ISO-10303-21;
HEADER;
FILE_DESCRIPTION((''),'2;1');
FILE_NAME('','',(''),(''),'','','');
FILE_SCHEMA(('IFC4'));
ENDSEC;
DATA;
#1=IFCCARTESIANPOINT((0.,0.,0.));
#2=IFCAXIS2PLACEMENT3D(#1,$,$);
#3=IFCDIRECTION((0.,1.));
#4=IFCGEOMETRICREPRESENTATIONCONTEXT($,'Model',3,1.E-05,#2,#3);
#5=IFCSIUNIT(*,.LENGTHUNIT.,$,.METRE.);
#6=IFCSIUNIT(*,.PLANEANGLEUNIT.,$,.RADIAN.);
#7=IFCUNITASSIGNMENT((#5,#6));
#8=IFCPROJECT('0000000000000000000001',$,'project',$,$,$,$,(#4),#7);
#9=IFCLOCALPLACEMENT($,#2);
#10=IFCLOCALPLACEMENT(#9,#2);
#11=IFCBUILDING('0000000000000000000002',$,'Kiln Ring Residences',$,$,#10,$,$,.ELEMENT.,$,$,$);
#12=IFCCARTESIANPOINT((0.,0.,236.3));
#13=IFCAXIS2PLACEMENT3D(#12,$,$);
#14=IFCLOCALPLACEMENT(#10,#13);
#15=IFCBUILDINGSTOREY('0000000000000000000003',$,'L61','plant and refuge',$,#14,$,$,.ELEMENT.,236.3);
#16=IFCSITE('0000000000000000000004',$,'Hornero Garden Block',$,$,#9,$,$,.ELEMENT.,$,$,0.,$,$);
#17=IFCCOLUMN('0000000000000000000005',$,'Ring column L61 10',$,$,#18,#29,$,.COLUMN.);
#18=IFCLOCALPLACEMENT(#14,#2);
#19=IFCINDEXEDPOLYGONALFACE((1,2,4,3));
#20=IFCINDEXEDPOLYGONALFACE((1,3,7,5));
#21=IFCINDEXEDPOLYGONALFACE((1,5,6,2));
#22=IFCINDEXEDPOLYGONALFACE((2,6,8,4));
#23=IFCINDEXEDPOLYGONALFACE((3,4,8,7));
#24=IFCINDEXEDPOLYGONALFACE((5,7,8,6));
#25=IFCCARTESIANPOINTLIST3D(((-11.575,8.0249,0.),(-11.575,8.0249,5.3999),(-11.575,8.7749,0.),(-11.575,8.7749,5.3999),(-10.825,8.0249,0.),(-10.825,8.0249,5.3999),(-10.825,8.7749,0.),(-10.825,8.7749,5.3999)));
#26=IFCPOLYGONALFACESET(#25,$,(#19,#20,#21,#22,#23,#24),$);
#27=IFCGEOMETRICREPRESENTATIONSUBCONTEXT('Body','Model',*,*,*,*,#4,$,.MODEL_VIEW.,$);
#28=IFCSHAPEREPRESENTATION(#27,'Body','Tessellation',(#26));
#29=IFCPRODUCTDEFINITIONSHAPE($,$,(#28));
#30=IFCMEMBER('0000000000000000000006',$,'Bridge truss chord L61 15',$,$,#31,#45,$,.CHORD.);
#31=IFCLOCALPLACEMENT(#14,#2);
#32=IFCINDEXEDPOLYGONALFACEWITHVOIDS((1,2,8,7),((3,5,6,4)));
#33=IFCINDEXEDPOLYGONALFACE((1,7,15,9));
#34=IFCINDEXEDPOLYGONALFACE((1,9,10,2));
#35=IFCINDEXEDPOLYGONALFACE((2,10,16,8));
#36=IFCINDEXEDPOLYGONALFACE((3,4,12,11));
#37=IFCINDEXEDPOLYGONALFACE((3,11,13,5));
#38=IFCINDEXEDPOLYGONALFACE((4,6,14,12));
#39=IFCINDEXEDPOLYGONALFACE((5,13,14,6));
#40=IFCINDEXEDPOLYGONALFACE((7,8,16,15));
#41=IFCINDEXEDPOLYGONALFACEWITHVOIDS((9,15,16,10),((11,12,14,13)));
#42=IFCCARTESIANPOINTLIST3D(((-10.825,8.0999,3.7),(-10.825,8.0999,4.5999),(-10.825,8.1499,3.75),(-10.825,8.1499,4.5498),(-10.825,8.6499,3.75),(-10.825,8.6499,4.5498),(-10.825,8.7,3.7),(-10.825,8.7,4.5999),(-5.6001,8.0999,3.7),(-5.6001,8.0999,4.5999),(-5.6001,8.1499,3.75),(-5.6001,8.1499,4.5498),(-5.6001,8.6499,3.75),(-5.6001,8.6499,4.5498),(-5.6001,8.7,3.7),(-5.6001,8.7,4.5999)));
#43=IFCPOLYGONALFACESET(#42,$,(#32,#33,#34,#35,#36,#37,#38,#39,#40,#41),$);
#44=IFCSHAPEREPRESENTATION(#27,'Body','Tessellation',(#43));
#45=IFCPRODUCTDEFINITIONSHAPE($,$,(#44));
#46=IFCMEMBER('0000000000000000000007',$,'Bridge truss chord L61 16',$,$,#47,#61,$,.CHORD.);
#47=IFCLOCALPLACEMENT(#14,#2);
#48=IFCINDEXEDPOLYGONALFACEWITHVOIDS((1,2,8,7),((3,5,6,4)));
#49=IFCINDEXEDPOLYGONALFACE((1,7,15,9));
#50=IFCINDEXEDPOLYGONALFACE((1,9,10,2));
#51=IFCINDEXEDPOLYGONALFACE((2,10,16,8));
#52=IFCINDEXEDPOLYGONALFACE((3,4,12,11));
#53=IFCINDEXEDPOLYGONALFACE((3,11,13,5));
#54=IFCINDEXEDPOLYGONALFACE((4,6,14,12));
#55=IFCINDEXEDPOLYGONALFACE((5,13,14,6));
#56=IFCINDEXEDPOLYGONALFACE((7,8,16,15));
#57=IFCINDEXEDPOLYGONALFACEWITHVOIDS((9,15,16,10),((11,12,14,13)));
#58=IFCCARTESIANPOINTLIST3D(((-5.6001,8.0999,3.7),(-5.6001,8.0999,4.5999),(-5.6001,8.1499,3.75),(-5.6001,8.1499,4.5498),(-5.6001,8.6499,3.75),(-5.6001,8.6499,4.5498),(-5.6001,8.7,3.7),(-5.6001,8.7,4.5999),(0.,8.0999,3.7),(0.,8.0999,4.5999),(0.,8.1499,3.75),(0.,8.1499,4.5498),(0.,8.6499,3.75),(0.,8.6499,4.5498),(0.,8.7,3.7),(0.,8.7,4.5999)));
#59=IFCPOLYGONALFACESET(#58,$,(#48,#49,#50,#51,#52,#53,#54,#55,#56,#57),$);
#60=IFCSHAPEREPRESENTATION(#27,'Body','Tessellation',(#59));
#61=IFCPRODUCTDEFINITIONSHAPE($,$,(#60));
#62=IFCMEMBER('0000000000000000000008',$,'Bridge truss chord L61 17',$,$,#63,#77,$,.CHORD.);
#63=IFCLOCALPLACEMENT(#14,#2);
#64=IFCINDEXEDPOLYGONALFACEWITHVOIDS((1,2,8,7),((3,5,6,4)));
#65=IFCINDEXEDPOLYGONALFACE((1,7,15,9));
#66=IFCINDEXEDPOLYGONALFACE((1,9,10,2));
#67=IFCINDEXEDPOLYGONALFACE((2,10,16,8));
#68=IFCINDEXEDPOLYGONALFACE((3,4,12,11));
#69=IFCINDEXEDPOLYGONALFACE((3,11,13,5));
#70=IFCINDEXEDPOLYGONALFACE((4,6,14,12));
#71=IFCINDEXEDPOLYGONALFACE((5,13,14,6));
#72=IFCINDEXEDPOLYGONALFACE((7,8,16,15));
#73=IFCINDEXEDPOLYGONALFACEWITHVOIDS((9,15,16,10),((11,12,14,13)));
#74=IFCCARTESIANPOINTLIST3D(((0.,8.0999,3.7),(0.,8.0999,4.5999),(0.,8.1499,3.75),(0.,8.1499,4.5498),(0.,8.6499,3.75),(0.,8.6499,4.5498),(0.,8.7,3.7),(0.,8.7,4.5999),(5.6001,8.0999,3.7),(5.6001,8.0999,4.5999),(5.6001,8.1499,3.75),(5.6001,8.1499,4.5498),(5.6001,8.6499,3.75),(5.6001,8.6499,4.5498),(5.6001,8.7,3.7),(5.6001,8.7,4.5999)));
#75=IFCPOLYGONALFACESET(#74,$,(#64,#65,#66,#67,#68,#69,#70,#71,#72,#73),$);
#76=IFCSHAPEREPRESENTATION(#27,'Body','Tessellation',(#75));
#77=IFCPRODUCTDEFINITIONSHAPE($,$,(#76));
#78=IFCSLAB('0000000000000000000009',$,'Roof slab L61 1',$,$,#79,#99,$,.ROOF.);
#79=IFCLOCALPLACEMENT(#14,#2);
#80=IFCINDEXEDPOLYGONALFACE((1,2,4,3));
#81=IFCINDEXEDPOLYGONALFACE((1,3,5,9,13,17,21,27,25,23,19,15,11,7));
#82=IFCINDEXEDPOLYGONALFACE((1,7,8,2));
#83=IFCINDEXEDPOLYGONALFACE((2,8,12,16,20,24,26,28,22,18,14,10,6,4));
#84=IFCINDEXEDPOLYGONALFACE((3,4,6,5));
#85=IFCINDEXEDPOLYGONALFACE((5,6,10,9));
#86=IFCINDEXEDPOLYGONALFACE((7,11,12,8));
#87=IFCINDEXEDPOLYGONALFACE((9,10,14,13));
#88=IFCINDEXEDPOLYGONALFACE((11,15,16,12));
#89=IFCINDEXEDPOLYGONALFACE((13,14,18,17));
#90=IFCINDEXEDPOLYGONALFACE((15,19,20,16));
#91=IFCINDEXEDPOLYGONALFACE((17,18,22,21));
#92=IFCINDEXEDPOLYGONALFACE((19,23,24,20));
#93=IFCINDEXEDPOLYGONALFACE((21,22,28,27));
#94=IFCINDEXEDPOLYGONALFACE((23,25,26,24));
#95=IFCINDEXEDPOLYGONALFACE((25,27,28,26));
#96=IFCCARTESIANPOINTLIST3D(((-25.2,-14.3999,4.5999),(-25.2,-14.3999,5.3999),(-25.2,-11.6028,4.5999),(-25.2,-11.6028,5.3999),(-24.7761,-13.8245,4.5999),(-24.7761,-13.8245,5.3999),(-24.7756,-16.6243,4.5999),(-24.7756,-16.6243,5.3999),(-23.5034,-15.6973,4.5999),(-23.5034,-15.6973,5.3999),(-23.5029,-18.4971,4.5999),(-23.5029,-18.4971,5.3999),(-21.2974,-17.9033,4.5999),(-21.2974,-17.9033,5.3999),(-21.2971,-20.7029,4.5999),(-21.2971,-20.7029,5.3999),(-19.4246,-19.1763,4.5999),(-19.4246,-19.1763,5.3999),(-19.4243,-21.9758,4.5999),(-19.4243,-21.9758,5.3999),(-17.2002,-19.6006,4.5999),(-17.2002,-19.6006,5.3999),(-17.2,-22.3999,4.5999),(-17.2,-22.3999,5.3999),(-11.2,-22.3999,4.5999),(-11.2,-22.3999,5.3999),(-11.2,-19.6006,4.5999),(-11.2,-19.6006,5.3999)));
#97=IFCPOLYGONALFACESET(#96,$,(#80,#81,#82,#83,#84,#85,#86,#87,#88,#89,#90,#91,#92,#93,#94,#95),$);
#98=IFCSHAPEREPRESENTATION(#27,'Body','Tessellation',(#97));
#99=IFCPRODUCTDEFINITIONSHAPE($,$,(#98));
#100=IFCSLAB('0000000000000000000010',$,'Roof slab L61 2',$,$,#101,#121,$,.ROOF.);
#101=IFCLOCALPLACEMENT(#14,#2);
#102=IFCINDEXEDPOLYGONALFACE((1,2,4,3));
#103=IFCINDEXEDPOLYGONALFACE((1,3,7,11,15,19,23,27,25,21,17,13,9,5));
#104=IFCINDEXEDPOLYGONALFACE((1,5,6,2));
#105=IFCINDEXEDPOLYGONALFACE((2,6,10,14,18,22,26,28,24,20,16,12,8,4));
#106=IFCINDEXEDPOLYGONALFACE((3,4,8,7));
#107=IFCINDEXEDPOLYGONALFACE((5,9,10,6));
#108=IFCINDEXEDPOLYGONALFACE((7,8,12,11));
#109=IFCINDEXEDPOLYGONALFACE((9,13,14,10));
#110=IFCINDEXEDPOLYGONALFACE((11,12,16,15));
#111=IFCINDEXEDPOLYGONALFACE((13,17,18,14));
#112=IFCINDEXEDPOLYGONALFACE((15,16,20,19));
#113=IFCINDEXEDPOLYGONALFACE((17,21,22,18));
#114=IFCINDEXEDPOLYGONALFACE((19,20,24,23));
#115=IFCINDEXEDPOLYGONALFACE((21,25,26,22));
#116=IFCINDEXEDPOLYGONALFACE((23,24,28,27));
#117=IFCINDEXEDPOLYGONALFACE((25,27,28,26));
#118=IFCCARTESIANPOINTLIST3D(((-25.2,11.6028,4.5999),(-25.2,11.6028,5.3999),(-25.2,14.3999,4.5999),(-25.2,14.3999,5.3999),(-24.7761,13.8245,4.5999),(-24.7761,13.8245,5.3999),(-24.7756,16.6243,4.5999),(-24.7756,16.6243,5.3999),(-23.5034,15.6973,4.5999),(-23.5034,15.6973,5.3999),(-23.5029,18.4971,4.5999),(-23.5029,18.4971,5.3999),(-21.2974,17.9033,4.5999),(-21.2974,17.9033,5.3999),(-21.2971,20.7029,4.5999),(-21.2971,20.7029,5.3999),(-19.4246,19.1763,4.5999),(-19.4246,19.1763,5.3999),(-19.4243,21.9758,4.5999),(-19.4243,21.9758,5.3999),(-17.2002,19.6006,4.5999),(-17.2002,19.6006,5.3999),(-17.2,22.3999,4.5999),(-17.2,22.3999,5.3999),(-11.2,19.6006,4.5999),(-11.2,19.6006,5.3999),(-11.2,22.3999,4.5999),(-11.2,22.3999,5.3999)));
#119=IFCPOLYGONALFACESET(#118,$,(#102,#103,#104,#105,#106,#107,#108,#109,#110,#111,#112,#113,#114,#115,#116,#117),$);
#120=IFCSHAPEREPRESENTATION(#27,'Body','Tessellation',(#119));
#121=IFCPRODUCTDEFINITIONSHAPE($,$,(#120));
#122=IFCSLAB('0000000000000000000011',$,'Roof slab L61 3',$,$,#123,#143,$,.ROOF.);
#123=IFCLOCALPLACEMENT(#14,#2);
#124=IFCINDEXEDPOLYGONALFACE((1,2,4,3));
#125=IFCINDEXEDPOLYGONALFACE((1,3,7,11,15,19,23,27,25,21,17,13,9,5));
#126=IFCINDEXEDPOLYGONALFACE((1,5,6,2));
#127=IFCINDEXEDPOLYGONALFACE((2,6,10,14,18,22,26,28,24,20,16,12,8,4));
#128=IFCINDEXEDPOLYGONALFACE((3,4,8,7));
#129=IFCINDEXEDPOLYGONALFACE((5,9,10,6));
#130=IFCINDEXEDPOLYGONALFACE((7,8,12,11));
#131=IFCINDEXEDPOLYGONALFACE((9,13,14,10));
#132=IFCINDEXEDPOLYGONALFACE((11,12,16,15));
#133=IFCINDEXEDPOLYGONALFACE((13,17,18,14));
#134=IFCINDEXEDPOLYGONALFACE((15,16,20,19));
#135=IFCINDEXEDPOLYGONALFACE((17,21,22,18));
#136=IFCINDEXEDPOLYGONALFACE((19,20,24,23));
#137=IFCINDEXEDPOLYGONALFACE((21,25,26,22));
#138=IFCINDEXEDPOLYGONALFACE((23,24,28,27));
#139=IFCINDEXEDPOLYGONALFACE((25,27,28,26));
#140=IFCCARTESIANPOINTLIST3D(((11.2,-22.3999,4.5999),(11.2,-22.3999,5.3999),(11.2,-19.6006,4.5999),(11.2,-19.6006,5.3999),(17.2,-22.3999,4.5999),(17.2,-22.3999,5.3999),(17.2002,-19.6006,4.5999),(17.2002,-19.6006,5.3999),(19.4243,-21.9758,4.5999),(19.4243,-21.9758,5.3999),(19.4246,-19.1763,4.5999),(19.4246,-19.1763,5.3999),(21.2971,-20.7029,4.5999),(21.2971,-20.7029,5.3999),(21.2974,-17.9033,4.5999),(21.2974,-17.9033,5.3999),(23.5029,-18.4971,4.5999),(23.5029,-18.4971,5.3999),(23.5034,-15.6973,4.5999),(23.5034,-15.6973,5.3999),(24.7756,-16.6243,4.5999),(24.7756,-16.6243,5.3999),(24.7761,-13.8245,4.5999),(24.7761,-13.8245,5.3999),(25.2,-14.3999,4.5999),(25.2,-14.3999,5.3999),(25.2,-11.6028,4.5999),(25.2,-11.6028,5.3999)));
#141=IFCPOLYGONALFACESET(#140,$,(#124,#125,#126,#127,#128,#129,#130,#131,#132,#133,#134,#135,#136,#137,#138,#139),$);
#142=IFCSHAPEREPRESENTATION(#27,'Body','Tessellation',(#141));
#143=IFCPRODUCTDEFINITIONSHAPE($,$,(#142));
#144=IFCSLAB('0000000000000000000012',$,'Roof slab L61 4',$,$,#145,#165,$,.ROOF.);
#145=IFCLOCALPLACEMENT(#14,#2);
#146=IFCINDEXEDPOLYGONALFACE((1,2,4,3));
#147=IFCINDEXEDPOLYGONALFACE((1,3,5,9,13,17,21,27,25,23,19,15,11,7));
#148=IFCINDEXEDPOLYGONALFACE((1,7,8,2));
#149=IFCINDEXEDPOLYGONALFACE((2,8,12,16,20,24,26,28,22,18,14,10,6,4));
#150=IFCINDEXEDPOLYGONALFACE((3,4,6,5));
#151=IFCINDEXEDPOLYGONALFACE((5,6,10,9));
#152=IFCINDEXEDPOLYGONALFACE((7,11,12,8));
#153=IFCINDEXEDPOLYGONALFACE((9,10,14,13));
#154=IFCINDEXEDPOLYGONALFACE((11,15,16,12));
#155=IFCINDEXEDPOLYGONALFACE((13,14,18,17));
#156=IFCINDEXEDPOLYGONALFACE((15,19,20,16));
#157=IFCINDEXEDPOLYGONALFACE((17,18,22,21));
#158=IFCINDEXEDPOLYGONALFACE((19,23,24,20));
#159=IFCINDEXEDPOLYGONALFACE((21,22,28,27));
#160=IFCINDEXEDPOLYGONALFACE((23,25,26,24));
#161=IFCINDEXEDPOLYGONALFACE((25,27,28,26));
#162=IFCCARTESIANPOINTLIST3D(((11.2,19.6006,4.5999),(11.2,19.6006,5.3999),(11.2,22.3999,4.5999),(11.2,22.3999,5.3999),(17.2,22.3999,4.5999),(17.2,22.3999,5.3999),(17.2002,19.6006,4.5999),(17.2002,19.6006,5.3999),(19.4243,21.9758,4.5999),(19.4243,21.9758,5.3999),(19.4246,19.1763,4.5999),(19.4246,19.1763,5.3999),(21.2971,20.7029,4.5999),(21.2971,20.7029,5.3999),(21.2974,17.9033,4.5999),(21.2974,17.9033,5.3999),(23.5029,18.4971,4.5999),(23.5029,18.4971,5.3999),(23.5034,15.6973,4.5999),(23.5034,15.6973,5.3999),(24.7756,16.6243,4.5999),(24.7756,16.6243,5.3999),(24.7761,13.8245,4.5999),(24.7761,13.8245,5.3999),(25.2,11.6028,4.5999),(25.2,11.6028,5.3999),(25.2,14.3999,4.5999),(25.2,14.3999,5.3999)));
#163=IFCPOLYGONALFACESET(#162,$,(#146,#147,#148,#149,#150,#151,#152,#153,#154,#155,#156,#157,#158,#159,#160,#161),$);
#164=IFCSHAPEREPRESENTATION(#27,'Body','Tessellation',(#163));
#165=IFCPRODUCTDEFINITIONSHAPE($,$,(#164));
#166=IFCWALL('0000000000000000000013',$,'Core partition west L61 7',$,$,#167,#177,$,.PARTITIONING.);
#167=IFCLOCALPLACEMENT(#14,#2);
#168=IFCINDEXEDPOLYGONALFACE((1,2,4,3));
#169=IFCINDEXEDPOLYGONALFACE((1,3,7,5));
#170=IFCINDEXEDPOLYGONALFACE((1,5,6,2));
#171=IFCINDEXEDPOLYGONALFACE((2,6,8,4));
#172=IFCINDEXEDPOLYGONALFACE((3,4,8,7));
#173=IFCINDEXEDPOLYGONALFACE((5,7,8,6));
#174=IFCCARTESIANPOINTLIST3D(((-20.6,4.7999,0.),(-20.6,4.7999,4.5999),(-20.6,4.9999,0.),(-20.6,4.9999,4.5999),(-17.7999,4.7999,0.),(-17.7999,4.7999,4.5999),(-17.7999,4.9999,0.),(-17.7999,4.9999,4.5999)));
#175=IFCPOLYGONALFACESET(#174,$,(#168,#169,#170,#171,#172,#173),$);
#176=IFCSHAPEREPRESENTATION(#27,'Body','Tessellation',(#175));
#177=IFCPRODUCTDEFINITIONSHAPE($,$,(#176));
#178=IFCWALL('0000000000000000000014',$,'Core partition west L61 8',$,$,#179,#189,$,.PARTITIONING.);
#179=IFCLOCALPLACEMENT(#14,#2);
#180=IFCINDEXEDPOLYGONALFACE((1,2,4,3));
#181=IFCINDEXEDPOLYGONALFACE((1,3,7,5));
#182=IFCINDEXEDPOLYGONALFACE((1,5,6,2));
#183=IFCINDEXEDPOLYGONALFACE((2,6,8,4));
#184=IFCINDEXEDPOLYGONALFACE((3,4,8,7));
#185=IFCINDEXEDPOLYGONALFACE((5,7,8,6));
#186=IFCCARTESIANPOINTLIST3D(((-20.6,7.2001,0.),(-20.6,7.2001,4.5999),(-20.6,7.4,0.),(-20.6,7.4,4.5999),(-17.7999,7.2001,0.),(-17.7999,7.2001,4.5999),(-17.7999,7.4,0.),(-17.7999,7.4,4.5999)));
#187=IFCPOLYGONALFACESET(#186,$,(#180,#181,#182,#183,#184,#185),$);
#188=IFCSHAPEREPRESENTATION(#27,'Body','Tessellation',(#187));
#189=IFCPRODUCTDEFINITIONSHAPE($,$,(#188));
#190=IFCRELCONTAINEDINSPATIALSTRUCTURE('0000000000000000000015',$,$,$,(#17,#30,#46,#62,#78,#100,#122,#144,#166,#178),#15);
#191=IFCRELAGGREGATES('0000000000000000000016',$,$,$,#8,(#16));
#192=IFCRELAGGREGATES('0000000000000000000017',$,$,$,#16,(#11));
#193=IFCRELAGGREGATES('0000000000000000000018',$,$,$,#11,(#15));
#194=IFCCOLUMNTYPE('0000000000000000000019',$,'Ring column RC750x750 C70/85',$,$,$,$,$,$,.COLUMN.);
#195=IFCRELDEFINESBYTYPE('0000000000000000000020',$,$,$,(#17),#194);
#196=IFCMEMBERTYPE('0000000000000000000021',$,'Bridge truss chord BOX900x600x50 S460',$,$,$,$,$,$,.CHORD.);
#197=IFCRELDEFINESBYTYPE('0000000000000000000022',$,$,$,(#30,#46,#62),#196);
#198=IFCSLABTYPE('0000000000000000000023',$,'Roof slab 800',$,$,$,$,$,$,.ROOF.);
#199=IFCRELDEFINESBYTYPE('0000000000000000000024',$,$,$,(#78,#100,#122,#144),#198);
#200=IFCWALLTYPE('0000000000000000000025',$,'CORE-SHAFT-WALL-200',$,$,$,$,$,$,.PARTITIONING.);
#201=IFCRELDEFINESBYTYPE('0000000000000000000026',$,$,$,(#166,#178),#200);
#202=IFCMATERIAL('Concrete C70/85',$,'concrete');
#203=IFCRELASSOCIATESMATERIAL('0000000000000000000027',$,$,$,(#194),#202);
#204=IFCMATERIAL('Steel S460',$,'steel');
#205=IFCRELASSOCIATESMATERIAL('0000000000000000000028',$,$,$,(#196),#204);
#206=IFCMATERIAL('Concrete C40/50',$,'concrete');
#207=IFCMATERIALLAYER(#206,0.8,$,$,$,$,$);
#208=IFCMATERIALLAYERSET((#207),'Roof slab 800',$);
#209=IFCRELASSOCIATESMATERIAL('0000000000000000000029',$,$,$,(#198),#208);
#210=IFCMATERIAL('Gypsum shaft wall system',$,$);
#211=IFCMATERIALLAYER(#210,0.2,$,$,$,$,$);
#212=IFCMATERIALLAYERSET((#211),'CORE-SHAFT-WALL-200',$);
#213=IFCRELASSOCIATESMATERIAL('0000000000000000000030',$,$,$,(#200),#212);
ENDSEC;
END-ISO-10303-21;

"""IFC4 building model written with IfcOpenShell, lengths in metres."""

from ifc_helpers import new_model, si_unit, direction, frame, frame_2d, origin, origin_2d, place, context, subcontext, project, spatial, polyline, rectangle, hollow_rectangle, outline, extrude, material, layer, layer_set, material_profile, profile_set, type_object, element, save


model = new_model("IFC4")

# Units and contexts
model_context = context("Model", 3, precision=1e-05, world=origin(), true_north=direction((0.0, 1.0)))
body_context = subcontext(model_context, "Body", "Model", "MODEL_VIEW")
ifc_project = project(units=[si_unit("LENGTHUNIT", "METRE"), si_unit("PLANEANGLEUNIT", "RADIAN")], contexts=[model_context])

# Site, building, storey
site_placement = place(None, origin())
site = spatial("IfcSite", under=ifc_project, at=site_placement, Name="Hornero Garden Block", CompositionType="ELEMENT", RefElevation=0.0)
building_placement = place(site_placement, origin())
building = spatial("IfcBuilding", under=site, at=building_placement, Name="Kiln Ring Residences", CompositionType="ELEMENT")
storey_placement = place(building_placement, frame((0.0, 0.0, 236.3)))
storey = spatial("IfcBuildingStorey", under=building, at=storey_placement, Name="L61", Description="plant and refuge", CompositionType="ELEMENT", Elevation=236.3)

# Column
ifc_material_1 = material(Name="Concrete C70/85", Category="concrete")
ifc_material_profile_1 = material_profile(ifc_material_1, rectangle(XDim=0.75, YDim=0.75, at=origin_2d()), Name="RC750x750")
ifc_profile_set_1 = profile_set([ifc_material_profile_1], Name="Concrete C70/85")
column_type = type_object("IfcColumnType", Name="Ring column RC750x750 C70/85", PredefinedType="COLUMN", material=ifc_profile_set_1)
column_placement = place(storey_placement, frame((-11.2, 8.3999, 0.0), z_axis=(0.0, 0.0, 1.0), x_axis=(1.0, 0.0, 0.0)))
element("IfcColumn", 1, at=column_placement, inside=storey, type_object=column_type, Name="Ring column L61 10", PredefinedType="COLUMN", context=body_context, shape_type="SweptSolid", body=[
    extrude(rectangle(XDim=0.75, YDim=0.75, at=origin_2d()), origin(), (0.0, 0.0, 1.0), 5.3999),
])

# Members
ifc_material_2 = material(Name="Steel S460", Category="steel")
ifc_material_profile_2 = material_profile(ifc_material_2, hollow_rectangle(XDim=0.6001, YDim=0.8999, WallThickness=0.05, at=origin_2d()), Name="BOX900x600x50")
ifc_profile_set_2 = profile_set([ifc_material_profile_2], Name="Steel S460")
member_type = type_object("IfcMemberType", Name="Bridge truss chord BOX900x600x50 S460", PredefinedType="CHORD", material=ifc_profile_set_2)
member_placement = place(storey_placement, frame((-10.825, 8.3999, 4.1499), z_axis=(1.0, 0.0, 0.0), x_axis=(0.0, 1.0, 0.0)))
element("IfcMember", 2, at=member_placement, inside=storey, type_object=member_type, Name="Bridge truss chord L61 15", PredefinedType="CHORD", context=body_context, shape_type="SweptSolid", body=[
    extrude(hollow_rectangle(XDim=0.6001, YDim=0.8999, WallThickness=0.05, at=origin_2d()), origin(), (0.0, 0.0, 1.0), 5.2249),
])
for number, where, z_axis, x_axis, name in (
    (3, (-5.6001, 8.3999, 4.1499), (1.0, 0.0, 0.0), (0.0, 1.0, 0.0), "Bridge truss chord L61 16"),
    (4, (0.0, 8.3999, 4.1499), (1.0, 0.0, 0.0), (0.0, 1.0, 0.0), "Bridge truss chord L61 17"),
):
    element("IfcMember", number, at=place(storey_placement, frame(where, z_axis=z_axis, x_axis=x_axis)), inside=storey, type_object=member_type, Name=name, PredefinedType="CHORD", context=body_context, shape_type="SweptSolid", body=[
        extrude(hollow_rectangle(XDim=0.6001, YDim=0.8999, WallThickness=0.05, at=origin_2d()), origin(), (0.0, 0.0, 1.0), 5.6001),
    ])

# Slabs
ifc_material_3 = material(Name="Concrete C40/50", Category="concrete")
ifc_layer_1 = layer(ifc_material_3, 0.8)
ifc_layer_set_1 = layer_set([ifc_layer_1], Name="Roof slab 800")
slab_type = type_object("IfcSlabType", Name="Roof slab 800", PredefinedType="ROOF", material=ifc_layer_set_1)
placement_1 = place(storey_placement, frame((0.0, 0.0, 4.5999)))
element("IfcSlab", 5, at=placement_1, inside=storey, type_object=slab_type, Name="Roof slab L61 1", PredefinedType="ROOF", context=body_context, shape_type="SweptSolid", body=[
    extrude(outline(polyline([(-11.2, -19.6006), (-17.2002, -19.6006), (-19.4246, -19.1763), (-21.2974, -17.9033), (-23.5034, -15.6973), (-24.7761, -13.8245), (-25.2, -11.6028), (-25.2, -14.3999), (-24.7756, -16.6243), (-23.5029, -18.4971), (-21.2971, -20.7029), (-19.4243, -21.9758), (-17.2, -22.3999), (-11.2, -22.3999), (-11.2, -19.6006)])), origin(), (0.0, 0.0, 1.0), 0.8),
])
element("IfcSlab", 6, at=placement_1, inside=storey, type_object=slab_type, Name="Roof slab L61 2", PredefinedType="ROOF", context=body_context, shape_type="SweptSolid", body=[
    extrude(outline(polyline([(-25.2, 11.6028), (-24.7761, 13.8245), (-23.5034, 15.6973), (-21.2974, 17.9033), (-19.4246, 19.1763), (-17.2002, 19.6006), (-11.2, 19.6006), (-11.2, 22.3999), (-17.2, 22.3999), (-19.4243, 21.9758), (-21.2971, 20.7029), (-23.5029, 18.4971), (-24.7756, 16.6243), (-25.2, 14.3999), (-25.2, 11.6028)])), origin(), (0.0, 0.0, 1.0), 0.8),
])
element("IfcSlab", 7, at=placement_1, inside=storey, type_object=slab_type, Name="Roof slab L61 3", PredefinedType="ROOF", context=body_context, shape_type="SweptSolid", body=[
    extrude(outline(polyline([(25.2, -11.6028), (24.7761, -13.8245), (23.5034, -15.6973), (21.2974, -17.9033), (19.4246, -19.1763), (17.2002, -19.6006), (11.2, -19.6006), (11.2, -22.3999), (17.2, -22.3999), (19.4243, -21.9758), (21.2971, -20.7029), (23.5029, -18.4971), (24.7756, -16.6243), (25.2, -14.3999), (25.2, -11.6028)])), origin(), (0.0, 0.0, 1.0), 0.8),
])
element("IfcSlab", 8, at=placement_1, inside=storey, type_object=slab_type, Name="Roof slab L61 4", PredefinedType="ROOF", context=body_context, shape_type="SweptSolid", body=[
    extrude(outline(polyline([(11.2, 19.6006), (17.2002, 19.6006), (19.4246, 19.1763), (21.2974, 17.9033), (23.5034, 15.6973), (24.7761, 13.8245), (25.2, 11.6028), (25.2, 14.3999), (24.7756, 16.6243), (23.5029, 18.4971), (21.2971, 20.7029), (19.4243, 21.9758), (17.2, 22.3999), (11.2, 22.3999), (11.2, 19.6006)])), origin(), (0.0, 0.0, 1.0), 0.8),
])

# Walls
ifc_material_4 = material(Name="Gypsum shaft wall system")
ifc_layer_2 = layer(ifc_material_4, 0.2)
ifc_layer_set_2 = layer_set([ifc_layer_2], Name="CORE-SHAFT-WALL-200")
wall_type_1 = type_object("IfcWallType", Name="CORE-SHAFT-WALL-200", PredefinedType="PARTITIONING", material=ifc_layer_set_2)
for number, where, z_axis, x_axis, name in (
    (9, (-17.8, 4.8999, 0.0), (0.0, 0.0, 1.0), (-1.0, 0.0, 0.0), "Core partition west L61 7"),
    (10, (-17.8, 7.3, 0.0), (0.0, 0.0, 1.0), (-1.0, 0.0, 0.0), "Core partition west L61 8"),
):
    element("IfcWall", number, at=place(storey_placement, frame(where, z_axis=z_axis, x_axis=x_axis)), inside=storey, type_object=wall_type_1, Name=name, PredefinedType="PARTITIONING", context=body_context, shape_type="SweptSolid", body=[
        extrude(rectangle(XDim=2.8, YDim=0.2, at=frame_2d((1.3999, 0.0))), origin(), (0.0, 0.0, 1.0), 4.5999),
    ])

save(model, "model.ifc")
